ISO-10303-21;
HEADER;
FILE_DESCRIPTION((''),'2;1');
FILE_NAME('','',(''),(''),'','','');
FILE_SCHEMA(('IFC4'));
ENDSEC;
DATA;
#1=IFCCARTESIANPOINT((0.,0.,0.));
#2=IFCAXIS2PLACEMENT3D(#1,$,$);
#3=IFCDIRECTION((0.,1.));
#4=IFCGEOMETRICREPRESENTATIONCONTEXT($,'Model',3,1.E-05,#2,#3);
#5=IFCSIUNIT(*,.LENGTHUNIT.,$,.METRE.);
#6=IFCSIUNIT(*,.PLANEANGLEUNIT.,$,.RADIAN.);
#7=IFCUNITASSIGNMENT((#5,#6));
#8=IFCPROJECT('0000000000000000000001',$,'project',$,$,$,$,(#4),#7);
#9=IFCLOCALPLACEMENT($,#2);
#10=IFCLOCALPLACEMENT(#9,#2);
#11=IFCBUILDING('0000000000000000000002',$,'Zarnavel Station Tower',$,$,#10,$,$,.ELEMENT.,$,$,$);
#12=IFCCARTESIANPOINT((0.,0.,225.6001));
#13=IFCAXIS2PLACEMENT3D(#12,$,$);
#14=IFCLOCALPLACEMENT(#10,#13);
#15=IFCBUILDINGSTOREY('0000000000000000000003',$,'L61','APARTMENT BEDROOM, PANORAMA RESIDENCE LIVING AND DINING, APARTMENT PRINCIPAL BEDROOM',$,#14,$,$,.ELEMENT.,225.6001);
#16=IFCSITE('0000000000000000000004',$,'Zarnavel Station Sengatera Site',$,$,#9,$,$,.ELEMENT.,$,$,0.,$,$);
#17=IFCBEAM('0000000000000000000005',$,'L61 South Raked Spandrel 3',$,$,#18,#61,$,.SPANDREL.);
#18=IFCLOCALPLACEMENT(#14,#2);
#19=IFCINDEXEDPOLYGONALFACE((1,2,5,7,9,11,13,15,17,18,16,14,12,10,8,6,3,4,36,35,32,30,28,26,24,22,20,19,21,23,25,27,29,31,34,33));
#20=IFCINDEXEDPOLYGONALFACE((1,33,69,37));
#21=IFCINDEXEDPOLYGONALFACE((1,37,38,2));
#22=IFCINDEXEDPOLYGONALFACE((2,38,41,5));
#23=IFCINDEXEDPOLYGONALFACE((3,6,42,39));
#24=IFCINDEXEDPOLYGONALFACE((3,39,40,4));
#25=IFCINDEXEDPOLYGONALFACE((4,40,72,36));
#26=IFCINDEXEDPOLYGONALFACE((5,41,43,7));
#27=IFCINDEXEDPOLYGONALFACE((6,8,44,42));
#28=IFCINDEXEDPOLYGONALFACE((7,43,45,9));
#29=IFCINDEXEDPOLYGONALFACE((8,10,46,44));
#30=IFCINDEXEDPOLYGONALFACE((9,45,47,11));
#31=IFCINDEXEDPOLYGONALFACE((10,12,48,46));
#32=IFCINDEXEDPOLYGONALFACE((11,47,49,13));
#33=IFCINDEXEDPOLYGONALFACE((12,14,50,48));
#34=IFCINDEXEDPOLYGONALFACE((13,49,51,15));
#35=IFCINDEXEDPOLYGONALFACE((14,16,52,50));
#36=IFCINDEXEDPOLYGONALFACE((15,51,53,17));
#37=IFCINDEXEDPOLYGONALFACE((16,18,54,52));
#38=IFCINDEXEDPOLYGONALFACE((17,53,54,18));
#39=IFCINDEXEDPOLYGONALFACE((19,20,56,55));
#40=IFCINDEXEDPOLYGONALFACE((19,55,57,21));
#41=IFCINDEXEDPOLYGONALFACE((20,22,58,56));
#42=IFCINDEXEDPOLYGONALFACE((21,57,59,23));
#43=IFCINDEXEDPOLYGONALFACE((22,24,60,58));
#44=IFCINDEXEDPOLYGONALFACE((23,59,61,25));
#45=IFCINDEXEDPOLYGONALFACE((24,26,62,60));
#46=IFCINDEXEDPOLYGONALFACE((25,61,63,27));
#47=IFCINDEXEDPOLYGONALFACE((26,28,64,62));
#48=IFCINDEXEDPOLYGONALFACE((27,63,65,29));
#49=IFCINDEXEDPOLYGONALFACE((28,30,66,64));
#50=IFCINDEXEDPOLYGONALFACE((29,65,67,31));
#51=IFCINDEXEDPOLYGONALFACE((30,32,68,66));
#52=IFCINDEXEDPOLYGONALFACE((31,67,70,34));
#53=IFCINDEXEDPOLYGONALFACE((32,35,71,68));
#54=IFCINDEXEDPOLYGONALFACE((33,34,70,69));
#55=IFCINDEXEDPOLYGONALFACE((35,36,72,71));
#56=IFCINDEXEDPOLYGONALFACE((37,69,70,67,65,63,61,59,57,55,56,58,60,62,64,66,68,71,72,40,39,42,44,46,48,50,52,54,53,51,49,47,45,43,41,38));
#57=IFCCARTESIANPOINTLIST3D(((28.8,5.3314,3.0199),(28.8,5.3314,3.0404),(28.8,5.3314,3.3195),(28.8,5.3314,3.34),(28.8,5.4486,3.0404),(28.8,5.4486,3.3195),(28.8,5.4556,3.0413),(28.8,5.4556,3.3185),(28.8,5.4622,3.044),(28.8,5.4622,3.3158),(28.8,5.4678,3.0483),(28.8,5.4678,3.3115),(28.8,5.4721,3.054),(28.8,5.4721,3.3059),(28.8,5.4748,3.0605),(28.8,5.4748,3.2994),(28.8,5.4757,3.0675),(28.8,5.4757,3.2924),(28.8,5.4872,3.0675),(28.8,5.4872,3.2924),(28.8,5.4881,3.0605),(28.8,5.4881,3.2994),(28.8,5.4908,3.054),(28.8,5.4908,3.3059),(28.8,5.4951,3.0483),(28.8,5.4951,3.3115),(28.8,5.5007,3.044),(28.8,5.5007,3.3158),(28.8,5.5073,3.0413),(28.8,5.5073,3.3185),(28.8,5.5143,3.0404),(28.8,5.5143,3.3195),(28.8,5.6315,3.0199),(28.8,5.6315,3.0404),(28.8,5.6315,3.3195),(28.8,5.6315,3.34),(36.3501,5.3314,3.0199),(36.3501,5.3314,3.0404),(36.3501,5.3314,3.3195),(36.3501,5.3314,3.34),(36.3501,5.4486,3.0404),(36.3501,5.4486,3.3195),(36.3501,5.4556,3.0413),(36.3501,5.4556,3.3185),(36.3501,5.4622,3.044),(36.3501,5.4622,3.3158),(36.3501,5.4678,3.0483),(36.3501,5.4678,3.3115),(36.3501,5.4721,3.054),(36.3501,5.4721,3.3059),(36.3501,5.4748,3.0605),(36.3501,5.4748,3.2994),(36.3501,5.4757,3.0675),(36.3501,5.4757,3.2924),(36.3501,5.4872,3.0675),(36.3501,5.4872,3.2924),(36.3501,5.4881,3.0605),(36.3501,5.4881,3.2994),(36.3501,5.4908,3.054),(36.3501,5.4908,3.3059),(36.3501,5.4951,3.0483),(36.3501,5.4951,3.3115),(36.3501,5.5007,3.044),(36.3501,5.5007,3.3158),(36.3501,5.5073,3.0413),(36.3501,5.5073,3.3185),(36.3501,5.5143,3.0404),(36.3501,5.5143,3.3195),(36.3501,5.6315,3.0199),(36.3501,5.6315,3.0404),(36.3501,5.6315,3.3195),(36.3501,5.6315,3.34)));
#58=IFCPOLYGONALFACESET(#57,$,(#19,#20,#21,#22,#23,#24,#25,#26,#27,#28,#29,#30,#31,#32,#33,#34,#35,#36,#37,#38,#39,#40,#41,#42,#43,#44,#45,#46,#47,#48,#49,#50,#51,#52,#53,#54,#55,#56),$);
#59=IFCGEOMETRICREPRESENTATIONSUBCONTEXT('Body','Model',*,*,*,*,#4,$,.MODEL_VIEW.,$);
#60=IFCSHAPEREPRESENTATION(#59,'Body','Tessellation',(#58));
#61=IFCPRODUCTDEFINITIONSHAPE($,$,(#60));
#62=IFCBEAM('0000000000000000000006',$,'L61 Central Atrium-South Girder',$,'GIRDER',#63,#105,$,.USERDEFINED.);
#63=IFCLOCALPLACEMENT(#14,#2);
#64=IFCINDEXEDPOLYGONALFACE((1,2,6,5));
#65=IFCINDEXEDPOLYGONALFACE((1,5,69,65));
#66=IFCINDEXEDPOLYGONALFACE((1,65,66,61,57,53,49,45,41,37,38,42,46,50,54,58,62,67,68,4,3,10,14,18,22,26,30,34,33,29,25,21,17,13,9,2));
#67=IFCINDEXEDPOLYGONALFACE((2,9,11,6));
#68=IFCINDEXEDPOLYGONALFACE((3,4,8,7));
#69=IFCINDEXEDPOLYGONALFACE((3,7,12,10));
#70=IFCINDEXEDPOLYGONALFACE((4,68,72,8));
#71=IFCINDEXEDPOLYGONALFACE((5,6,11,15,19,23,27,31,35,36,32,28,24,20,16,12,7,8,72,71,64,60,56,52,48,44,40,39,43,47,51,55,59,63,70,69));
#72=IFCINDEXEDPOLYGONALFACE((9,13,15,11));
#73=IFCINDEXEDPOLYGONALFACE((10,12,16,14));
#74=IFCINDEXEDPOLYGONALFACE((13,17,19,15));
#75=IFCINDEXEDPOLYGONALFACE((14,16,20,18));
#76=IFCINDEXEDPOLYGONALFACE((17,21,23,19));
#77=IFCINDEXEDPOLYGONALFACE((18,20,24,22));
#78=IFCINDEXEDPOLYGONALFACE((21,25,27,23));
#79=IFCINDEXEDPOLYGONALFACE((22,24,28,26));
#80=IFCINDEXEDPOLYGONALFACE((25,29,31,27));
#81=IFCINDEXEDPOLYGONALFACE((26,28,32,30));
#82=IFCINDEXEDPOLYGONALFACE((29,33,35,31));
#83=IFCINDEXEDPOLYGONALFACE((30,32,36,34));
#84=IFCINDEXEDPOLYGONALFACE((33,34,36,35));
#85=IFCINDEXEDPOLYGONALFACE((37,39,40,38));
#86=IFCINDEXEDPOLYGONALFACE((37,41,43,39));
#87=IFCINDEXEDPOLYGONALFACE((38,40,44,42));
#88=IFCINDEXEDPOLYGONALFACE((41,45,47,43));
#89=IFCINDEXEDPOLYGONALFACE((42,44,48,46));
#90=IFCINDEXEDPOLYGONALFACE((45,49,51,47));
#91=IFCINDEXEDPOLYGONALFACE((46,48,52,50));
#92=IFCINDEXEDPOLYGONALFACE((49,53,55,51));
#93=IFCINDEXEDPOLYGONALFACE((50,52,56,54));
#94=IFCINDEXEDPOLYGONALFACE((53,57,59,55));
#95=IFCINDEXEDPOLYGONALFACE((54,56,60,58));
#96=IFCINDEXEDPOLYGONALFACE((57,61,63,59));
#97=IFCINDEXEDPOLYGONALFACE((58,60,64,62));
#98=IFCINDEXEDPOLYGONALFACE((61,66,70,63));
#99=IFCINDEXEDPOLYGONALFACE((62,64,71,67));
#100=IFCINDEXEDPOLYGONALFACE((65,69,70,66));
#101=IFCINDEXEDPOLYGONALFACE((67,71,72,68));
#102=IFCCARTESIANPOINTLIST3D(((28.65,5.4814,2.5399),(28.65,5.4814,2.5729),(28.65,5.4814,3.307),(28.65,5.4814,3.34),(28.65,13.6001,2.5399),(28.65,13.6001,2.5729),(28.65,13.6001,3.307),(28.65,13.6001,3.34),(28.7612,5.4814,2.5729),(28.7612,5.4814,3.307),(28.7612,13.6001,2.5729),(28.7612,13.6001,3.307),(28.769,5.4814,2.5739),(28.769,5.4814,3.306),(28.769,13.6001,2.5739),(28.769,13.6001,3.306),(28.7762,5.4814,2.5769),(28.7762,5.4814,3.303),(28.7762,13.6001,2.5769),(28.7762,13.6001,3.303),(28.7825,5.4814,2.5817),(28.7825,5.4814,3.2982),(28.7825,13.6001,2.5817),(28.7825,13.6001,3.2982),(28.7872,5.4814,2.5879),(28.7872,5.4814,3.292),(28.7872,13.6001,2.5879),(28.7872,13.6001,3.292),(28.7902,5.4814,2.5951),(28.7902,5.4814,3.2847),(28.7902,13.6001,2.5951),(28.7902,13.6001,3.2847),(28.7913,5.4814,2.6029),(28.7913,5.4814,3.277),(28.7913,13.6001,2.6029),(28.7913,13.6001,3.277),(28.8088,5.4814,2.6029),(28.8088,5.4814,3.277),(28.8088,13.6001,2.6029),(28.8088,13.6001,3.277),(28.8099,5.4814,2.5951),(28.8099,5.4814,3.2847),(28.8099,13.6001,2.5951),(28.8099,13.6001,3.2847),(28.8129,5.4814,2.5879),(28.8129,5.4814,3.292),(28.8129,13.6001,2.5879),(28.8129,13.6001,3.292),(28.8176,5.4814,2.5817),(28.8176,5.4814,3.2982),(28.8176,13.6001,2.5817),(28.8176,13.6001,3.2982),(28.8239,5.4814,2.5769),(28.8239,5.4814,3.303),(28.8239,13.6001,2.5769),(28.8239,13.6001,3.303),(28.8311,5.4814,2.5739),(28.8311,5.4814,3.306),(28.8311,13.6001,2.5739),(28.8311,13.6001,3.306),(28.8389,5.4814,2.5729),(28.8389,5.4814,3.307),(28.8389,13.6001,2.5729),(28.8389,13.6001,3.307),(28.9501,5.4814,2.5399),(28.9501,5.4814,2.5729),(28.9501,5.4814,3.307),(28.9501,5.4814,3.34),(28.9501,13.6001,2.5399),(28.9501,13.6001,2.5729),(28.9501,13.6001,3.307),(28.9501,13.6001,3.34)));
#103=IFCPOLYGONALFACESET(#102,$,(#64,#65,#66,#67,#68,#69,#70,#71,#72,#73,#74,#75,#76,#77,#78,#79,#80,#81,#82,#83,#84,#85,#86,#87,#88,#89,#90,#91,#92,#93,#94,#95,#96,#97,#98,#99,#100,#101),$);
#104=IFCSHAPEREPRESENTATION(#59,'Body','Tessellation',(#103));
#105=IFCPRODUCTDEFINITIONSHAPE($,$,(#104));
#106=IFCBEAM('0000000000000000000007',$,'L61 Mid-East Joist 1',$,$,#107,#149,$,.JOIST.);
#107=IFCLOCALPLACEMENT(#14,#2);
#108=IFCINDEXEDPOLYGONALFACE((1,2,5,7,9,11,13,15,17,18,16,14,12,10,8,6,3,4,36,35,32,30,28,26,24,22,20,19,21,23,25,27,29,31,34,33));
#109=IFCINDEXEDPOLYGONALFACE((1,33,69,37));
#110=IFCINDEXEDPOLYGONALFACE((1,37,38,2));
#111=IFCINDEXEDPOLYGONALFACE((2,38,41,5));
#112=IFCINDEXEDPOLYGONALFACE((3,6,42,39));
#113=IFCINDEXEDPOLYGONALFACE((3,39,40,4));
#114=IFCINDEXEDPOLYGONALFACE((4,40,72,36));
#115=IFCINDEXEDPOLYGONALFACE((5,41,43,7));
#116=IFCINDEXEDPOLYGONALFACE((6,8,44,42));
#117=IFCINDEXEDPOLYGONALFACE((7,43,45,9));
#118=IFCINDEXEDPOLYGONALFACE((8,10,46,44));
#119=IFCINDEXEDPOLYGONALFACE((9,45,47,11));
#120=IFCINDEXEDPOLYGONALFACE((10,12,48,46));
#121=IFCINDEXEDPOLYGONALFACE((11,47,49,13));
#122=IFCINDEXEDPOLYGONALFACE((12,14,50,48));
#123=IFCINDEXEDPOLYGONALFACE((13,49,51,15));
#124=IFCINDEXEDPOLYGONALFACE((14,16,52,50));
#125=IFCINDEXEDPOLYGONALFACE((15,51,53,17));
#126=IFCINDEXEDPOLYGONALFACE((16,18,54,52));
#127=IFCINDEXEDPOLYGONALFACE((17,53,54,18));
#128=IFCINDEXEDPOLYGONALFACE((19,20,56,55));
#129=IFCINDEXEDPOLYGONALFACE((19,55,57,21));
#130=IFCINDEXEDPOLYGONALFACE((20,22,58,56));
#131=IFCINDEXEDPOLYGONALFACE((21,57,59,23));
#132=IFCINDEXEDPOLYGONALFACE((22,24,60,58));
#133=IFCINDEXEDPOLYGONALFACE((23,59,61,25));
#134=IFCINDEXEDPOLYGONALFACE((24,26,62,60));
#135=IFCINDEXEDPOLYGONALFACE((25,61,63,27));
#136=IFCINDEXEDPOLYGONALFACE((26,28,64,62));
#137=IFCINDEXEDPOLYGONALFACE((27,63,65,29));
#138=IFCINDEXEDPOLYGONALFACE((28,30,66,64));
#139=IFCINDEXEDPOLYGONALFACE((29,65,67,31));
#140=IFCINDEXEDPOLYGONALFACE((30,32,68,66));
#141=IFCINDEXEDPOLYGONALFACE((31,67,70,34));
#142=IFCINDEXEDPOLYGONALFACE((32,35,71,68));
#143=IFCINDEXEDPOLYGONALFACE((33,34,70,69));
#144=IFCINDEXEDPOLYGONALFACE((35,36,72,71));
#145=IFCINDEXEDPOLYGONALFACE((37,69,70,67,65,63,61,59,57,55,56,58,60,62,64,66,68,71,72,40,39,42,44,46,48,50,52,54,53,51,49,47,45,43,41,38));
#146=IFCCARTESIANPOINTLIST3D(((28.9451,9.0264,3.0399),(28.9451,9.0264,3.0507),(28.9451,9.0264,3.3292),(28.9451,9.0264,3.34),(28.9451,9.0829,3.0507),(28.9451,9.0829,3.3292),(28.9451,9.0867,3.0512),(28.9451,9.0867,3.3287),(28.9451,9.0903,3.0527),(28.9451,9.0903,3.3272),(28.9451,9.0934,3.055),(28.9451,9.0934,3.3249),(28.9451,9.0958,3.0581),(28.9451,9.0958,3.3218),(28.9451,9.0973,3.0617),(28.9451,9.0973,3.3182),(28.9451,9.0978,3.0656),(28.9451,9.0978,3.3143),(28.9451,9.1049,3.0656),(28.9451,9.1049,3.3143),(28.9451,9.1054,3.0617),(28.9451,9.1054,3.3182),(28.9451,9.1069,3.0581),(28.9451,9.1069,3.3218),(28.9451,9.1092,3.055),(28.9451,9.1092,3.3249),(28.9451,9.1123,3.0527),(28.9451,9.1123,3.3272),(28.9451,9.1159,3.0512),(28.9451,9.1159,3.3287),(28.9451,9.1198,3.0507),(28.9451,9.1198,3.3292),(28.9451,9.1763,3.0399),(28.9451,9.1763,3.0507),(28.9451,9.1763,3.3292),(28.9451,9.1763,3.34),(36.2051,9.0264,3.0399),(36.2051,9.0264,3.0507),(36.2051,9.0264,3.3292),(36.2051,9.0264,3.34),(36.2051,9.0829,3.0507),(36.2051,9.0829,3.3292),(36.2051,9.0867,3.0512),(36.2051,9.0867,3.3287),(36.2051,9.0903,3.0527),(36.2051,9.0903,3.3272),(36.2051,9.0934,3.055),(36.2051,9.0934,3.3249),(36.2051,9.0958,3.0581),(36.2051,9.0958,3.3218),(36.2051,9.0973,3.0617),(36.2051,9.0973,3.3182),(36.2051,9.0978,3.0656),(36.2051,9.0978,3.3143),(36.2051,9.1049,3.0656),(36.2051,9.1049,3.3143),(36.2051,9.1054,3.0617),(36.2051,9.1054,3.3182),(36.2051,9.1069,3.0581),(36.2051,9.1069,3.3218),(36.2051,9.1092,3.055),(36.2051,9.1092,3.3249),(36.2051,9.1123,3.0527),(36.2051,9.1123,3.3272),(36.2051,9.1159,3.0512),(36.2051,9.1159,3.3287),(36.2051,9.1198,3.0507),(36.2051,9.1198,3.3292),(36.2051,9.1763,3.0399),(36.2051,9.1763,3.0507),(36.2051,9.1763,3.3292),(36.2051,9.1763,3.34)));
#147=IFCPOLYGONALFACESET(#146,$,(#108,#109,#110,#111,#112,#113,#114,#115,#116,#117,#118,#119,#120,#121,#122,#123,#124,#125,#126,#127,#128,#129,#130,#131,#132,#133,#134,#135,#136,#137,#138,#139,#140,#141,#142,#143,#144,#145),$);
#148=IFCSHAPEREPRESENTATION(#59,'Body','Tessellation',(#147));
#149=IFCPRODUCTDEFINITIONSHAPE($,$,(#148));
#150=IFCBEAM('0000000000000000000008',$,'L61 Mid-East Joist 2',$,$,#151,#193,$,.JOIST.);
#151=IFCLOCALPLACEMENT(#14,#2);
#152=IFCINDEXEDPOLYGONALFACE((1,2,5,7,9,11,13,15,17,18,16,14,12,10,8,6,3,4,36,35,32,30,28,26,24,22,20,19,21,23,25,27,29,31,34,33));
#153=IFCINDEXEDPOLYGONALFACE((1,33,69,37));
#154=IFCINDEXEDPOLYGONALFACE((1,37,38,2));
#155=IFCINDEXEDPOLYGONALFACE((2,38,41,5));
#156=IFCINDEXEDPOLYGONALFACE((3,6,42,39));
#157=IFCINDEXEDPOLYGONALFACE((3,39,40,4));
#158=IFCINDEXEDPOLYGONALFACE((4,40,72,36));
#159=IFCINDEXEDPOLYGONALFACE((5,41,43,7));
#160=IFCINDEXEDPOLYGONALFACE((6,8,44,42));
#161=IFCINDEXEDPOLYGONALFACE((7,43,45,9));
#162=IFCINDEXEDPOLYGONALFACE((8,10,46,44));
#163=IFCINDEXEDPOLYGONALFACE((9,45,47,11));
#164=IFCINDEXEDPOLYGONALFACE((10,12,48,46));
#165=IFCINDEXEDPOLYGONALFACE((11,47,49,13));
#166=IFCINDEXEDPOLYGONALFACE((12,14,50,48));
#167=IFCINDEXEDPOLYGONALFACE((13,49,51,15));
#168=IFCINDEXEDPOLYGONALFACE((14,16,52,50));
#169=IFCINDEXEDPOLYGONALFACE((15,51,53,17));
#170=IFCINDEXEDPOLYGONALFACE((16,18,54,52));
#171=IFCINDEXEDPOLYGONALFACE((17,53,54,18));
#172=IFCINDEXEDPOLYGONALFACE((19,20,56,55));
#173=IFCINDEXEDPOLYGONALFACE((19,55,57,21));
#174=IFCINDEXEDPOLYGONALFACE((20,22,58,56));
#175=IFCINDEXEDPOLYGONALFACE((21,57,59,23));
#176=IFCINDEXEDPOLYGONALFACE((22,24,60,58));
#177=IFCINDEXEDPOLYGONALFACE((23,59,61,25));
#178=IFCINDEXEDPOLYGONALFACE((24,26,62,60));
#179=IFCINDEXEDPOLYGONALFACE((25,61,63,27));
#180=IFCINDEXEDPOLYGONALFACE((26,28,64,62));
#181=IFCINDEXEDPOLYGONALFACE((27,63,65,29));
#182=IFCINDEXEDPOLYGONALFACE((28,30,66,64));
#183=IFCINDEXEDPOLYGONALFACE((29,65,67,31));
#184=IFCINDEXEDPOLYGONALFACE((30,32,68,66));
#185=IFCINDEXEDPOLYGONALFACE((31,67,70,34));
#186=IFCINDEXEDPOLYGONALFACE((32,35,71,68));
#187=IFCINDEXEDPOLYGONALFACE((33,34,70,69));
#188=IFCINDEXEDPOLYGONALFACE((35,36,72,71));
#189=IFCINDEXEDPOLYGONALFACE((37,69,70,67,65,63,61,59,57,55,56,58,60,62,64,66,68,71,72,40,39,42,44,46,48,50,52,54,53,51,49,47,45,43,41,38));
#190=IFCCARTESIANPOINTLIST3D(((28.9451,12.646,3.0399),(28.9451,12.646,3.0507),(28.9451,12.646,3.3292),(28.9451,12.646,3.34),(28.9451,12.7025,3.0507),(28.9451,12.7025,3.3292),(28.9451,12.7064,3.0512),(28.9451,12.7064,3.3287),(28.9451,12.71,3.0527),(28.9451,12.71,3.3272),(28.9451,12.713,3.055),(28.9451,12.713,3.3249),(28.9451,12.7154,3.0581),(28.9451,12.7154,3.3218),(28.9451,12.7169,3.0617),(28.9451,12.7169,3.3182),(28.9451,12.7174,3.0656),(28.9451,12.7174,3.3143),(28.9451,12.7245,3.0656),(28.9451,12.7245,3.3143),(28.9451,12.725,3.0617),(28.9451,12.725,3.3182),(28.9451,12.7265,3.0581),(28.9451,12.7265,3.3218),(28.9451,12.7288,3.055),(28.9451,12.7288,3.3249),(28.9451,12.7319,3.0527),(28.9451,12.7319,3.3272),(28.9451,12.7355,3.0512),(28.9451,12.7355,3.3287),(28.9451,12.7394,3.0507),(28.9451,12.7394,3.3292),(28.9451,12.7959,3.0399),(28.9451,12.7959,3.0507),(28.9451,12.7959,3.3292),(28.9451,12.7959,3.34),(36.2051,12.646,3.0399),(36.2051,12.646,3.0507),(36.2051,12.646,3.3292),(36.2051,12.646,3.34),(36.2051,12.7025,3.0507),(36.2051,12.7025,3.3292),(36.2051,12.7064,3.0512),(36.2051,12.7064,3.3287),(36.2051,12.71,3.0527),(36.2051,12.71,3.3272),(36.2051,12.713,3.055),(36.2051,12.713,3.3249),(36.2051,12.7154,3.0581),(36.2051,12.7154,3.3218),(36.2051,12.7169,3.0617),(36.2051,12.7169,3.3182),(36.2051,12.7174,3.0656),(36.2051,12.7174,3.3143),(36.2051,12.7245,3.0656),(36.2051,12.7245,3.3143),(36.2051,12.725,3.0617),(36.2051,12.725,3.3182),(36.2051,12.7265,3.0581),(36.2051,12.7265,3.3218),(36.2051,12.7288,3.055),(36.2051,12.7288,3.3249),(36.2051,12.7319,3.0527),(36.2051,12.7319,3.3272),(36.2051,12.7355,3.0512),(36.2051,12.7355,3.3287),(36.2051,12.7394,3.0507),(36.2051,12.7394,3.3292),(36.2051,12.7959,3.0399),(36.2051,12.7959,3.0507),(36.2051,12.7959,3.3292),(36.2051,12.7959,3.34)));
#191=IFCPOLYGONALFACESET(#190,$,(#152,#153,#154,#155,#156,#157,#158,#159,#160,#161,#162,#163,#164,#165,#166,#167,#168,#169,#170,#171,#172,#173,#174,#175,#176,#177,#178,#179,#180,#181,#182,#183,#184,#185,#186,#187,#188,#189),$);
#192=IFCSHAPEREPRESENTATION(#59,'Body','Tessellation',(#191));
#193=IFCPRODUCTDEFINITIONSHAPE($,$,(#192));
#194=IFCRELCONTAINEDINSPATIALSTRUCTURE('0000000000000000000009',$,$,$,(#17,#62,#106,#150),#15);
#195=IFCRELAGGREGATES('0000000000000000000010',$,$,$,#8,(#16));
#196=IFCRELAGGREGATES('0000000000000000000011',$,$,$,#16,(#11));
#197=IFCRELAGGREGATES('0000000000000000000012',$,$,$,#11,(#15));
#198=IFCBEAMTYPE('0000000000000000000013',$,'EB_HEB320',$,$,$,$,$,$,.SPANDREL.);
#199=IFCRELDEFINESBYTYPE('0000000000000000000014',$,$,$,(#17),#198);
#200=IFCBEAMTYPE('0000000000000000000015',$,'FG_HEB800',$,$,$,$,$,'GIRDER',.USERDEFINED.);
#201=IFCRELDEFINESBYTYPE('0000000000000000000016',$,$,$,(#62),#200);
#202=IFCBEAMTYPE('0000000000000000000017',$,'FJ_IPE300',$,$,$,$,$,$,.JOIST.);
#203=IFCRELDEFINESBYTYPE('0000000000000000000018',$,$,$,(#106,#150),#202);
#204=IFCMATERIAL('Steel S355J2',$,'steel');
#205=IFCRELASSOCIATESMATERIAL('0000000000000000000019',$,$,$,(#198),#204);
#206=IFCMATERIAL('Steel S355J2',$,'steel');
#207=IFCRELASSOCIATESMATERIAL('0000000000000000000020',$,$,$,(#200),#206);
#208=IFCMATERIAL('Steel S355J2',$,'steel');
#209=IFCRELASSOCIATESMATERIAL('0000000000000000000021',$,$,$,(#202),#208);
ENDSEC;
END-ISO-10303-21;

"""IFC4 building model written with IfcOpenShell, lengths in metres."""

from ifc_helpers import new_model, si_unit, direction, frame, origin, origin_2d, place, context, subcontext, project, spatial, i_section, extrude, material, material_profile, profile_set, type_object, element, save


model = new_model("IFC4")

# Units and contexts
model_context = context("Model", 3, precision=1e-05, world=origin(), true_north=direction((0.0, 1.0)))
body_context = subcontext(model_context, "Body", "Model", "MODEL_VIEW")
ifc_project = project(units=[si_unit("LENGTHUNIT", "METRE"), si_unit("PLANEANGLEUNIT", "RADIAN")], contexts=[model_context])

# Site, building, storey
site_placement = place(None, origin())
site = spatial("IfcSite", under=ifc_project, at=site_placement, Name="Zarnavel Station Sengatera Site", CompositionType="ELEMENT", RefElevation=0.0)
building_placement = place(site_placement, origin())
building = spatial("IfcBuilding", under=site, at=building_placement, Name="Zarnavel Station Tower", CompositionType="ELEMENT")
storey_placement = place(building_placement, frame((0.0, 0.0, 225.6001)))
storey = spatial("IfcBuildingStorey", under=building, at=storey_placement, Name="L61", Description="APARTMENT BEDROOM, PANORAMA RESIDENCE LIVING AND DINING, APARTMENT PRINCIPAL BEDROOM", CompositionType="ELEMENT", Elevation=225.6001)

# Beams
ifc_material_1 = material(Name="Steel S355J2", Category="steel")
ifc_material_profile_1 = material_profile(ifc_material_1, i_section(OverallWidth=0.3, OverallDepth=0.3201, WebThickness=0.0115, FlangeThickness=0.0205, FilletRadius=0.0271, at=origin_2d()), Name="HEB320")
ifc_profile_set_1 = profile_set([ifc_material_profile_1], Name="Steel S355J2")
beam_type_1 = type_object("IfcBeamType", Name="EB_HEB320", PredefinedType="SPANDREL", material=ifc_profile_set_1)
beam_1_placement = place(storey_placement, frame((28.8, 5.4814, 3.1799), z_axis=(1.0, 0.0, 0.0), x_axis=(0.0, 1.0, 0.0)))
element("IfcBeam", 1, at=beam_1_placement, inside=storey, type_object=beam_type_1, Name="L61 South Raked Spandrel 3", PredefinedType="SPANDREL", context=body_context, shape_type="SweptSolid", body=[
    extrude(i_section(OverallWidth=0.3, OverallDepth=0.3201, WebThickness=0.0115, FlangeThickness=0.0205, FilletRadius=0.0271, at=origin_2d()), origin(), (0.0, 0.0, 1.0), 7.55),
])
ifc_material_2 = material(Name="Steel S355J2", Category="steel")
ifc_material_profile_2 = material_profile(ifc_material_2, i_section(OverallWidth=0.3, OverallDepth=0.8, WebThickness=0.0176, FlangeThickness=0.033, FilletRadius=0.03, at=origin_2d()), Name="HEB800")
ifc_profile_set_2 = profile_set([ifc_material_profile_2], Name="Steel S355J2")
beam_type_2 = type_object("IfcBeamType", Name="FG_HEB800", ElementType="GIRDER", PredefinedType="USERDEFINED", material=ifc_profile_set_2)
beam_2_placement = place(storey_placement, frame((28.8, 5.4814, 2.9399), z_axis=(0.0, 1.0, 0.0), x_axis=(-1.0, 0.0, 0.0)))
element("IfcBeam", 2, at=beam_2_placement, inside=storey, type_object=beam_type_2, Name="L61 Central Atrium-South Girder", ObjectType="GIRDER", PredefinedType="USERDEFINED", context=body_context, shape_type="SweptSolid", body=[
    extrude(i_section(OverallWidth=0.3, OverallDepth=0.8, WebThickness=0.0176, FlangeThickness=0.033, FilletRadius=0.03, at=origin_2d()), origin(), (0.0, 0.0, 1.0), 8.1187),
])
ifc_material_3 = material(Name="Steel S355J2", Category="steel")
ifc_material_profile_3 = material_profile(ifc_material_3, i_section(OverallWidth=0.1499, OverallDepth=0.3, WebThickness=0.0071, FlangeThickness=0.0107, FilletRadius=0.0149, at=origin_2d()), Name="IPE300")
ifc_profile_set_3 = profile_set([ifc_material_profile_3], Name="Steel S355J2")
beam_type_3 = type_object("IfcBeamType", Name="FJ_IPE300", PredefinedType="JOIST", material=ifc_profile_set_3)
for number, where, z_axis, x_axis, name in (
    (3, (28.9451, 9.1013, 3.1899), (1.0, 0.0, 0.0), (0.0, 1.0, 0.0), "L61 Mid-East Joist 1"),
    (4, (28.9451, 12.7209, 3.1899), (1.0, 0.0, 0.0), (0.0, 1.0, 0.0), "L61 Mid-East Joist 2"),
):
    element("IfcBeam", number, at=place(storey_placement, frame(where, z_axis=z_axis, x_axis=x_axis)), inside=storey, type_object=beam_type_3, Name=name, PredefinedType="JOIST", context=body_context, shape_type="SweptSolid", body=[
        extrude(i_section(OverallWidth=0.1499, OverallDepth=0.3, WebThickness=0.0071, FlangeThickness=0.0107, FilletRadius=0.0149, at=origin_2d()), origin(), (0.0, 0.0, 1.0), 7.26),
    ])

save(model, "model.ifc")
